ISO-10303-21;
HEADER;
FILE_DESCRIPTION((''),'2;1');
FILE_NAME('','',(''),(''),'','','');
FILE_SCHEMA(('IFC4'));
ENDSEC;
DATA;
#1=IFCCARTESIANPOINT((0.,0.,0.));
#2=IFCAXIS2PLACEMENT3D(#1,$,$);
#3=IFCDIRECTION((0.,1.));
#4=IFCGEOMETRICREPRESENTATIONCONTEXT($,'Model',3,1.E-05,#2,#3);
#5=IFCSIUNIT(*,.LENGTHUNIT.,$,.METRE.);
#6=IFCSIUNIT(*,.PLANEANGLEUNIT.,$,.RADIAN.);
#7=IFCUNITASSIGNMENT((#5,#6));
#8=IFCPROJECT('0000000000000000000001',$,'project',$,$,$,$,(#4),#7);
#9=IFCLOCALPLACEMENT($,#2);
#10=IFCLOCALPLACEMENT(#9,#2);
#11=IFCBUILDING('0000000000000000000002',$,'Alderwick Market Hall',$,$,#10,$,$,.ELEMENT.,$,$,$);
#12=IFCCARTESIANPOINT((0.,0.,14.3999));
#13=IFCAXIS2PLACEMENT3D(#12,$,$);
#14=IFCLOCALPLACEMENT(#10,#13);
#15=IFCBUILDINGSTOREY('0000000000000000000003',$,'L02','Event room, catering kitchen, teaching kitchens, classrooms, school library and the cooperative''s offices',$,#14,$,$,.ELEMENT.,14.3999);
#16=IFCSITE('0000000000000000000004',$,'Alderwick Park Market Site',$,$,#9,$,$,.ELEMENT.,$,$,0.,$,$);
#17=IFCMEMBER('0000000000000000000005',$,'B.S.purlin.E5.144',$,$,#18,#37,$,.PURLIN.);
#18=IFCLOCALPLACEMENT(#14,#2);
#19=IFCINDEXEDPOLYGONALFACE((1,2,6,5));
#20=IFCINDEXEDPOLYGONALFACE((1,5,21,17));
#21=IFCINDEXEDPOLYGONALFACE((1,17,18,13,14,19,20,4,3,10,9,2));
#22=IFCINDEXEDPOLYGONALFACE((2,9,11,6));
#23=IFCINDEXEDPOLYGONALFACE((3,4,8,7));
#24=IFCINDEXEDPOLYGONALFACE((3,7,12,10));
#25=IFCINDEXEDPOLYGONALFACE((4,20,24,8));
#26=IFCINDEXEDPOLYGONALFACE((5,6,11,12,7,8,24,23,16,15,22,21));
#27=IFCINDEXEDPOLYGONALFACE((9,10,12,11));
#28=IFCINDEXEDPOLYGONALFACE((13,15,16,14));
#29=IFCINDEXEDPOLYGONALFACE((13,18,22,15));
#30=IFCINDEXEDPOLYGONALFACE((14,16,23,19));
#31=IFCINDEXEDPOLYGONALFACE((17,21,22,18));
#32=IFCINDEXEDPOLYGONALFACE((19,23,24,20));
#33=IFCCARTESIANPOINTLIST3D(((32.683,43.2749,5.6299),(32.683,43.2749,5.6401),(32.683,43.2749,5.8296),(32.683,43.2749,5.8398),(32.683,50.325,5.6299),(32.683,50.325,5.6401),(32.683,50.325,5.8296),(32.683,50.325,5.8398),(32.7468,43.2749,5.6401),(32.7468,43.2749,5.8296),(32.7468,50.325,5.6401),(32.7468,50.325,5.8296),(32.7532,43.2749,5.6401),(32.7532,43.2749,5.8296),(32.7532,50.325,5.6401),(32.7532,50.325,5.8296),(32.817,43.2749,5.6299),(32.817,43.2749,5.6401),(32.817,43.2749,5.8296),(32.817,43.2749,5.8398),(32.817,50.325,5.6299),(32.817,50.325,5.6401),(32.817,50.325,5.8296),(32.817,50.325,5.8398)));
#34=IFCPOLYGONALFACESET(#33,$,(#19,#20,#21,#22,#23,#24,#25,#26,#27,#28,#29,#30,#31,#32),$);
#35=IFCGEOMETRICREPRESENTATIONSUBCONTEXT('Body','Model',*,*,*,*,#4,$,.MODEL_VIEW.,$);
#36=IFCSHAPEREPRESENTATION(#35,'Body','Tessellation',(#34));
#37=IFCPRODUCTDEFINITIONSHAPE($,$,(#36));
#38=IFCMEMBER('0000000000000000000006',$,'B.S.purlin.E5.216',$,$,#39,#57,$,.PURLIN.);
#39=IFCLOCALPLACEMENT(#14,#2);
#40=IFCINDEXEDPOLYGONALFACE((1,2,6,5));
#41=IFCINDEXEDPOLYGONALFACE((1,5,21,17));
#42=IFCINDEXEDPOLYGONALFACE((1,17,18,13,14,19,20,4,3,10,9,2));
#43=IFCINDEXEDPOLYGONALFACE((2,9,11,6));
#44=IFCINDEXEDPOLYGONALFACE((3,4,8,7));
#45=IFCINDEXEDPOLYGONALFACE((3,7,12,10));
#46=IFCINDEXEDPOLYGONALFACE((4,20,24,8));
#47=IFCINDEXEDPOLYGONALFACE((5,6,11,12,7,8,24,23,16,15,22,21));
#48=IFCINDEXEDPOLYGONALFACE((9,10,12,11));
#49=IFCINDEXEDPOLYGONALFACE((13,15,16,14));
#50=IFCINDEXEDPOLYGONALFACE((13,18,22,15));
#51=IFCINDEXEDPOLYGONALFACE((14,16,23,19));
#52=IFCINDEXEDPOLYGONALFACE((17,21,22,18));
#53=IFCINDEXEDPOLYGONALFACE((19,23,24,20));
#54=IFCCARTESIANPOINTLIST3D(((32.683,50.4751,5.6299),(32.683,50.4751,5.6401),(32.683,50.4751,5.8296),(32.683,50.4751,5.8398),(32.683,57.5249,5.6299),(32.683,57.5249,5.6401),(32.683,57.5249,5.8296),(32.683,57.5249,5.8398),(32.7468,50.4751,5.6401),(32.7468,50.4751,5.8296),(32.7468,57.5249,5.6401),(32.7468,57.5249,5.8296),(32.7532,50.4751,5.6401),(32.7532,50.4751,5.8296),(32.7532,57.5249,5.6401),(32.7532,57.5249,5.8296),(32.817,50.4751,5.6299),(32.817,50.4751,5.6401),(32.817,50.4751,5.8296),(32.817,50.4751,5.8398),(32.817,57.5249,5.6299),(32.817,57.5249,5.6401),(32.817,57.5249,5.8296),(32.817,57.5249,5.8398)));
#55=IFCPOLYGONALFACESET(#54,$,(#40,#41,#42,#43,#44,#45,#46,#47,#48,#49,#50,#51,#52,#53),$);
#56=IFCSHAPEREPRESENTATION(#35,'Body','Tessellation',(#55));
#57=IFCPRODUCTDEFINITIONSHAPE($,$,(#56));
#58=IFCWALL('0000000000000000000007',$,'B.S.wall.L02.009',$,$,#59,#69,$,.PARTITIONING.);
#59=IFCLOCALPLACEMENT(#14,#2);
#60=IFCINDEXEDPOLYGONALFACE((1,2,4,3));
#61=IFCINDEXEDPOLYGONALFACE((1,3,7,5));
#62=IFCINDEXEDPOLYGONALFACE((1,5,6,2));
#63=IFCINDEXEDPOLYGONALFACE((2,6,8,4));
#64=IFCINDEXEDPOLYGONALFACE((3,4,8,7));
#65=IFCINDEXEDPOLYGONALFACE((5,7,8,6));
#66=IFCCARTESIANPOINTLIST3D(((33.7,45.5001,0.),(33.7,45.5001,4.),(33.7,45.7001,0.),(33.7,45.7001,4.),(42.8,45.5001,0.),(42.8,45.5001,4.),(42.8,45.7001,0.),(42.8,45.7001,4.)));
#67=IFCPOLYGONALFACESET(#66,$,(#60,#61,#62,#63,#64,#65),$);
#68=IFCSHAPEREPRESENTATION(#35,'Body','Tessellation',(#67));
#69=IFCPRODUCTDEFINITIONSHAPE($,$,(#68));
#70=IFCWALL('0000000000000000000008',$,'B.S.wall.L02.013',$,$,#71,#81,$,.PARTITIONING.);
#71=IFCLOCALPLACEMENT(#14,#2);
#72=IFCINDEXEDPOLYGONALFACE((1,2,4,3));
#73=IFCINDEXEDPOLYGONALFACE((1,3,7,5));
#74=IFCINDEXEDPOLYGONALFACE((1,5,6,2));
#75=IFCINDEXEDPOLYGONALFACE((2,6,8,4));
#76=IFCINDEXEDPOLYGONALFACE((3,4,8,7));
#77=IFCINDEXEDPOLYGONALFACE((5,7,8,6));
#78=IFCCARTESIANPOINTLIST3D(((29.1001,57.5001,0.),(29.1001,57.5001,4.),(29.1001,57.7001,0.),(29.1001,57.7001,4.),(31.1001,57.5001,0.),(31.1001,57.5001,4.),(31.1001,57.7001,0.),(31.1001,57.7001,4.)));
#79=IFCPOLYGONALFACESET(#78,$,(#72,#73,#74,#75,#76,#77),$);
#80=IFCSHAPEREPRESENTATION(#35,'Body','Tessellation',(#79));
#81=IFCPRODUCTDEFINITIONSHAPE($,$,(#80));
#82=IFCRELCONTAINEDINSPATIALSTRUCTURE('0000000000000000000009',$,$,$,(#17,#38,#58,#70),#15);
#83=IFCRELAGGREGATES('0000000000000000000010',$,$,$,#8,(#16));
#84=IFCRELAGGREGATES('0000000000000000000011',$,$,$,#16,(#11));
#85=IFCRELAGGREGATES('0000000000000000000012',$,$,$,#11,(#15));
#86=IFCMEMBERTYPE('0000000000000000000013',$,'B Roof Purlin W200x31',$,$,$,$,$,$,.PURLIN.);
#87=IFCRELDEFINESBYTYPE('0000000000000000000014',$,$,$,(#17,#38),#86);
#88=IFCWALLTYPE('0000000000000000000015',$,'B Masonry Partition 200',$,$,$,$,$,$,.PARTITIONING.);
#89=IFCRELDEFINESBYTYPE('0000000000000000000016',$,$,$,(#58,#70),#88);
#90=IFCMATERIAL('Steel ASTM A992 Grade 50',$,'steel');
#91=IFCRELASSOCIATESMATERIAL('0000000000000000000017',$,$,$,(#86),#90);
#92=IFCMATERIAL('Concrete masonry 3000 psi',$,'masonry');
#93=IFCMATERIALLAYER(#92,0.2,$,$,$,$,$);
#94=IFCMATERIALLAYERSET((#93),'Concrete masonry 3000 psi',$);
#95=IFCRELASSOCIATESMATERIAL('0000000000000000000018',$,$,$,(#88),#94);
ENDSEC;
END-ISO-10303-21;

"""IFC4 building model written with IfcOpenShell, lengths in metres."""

from ifc_helpers import new_model, si_unit, direction, frame, frame_2d, origin, origin_2d, place, context, subcontext, project, spatial, rectangle, i_section, extrude, material, layer, layer_set, material_profile, profile_set, type_object, element, save


model = new_model("IFC4")

# Units and contexts
model_context = context("Model", 3, precision=1e-05, world=origin(), true_north=direction((0.0, 1.0)))
body_context = subcontext(model_context, "Body", "Model", "MODEL_VIEW")
ifc_project = project(units=[si_unit("LENGTHUNIT", "METRE"), si_unit("PLANEANGLEUNIT", "RADIAN")], contexts=[model_context])

# Site, building, storey
site_placement = place(None, origin())
site = spatial("IfcSite", under=ifc_project, at=site_placement, Name="Alderwick Park Market Site", CompositionType="ELEMENT", RefElevation=0.0)
building_placement = place(site_placement, origin())
building = spatial("IfcBuilding", under=site, at=building_placement, Name="Alderwick Market Hall", CompositionType="ELEMENT")
storey_placement = place(building_placement, frame((0.0, 0.0, 14.3999)))
storey = spatial("IfcBuildingStorey", under=building, at=storey_placement, Name="L02", Description="Event room, catering kitchen, teaching kitchens, classrooms, school library and the cooperative's offices", CompositionType="ELEMENT", Elevation=14.3999)

# Members
ifc_material_1 = material(Name="Steel ASTM A992 Grade 50", Category="steel")
ifc_material_profile_1 = material_profile(ifc_material_1, i_section(OverallWidth=0.134, OverallDepth=0.21, WebThickness=0.0063, FlangeThickness=0.0103, at=origin_2d()), Name="W200x31")
ifc_profile_set_1 = profile_set([ifc_material_profile_1], Name="Steel ASTM A992 Grade 50")
member_type = type_object("IfcMemberType", Name="B Roof Purlin W200x31", PredefinedType="PURLIN", material=ifc_profile_set_1)
member_1_placement = place(storey_placement, frame((32.75, 43.2749, 5.7349), z_axis=(0.0, 1.0, 0.0), x_axis=(-1.0, 0.0, 0.0)))
element("IfcMember", 1, at=member_1_placement, inside=storey, type_object=member_type, Name="B.S.purlin.E5.144", PredefinedType="PURLIN", context=body_context, shape_type="SweptSolid", body=[
    extrude(i_section(OverallWidth=0.134, OverallDepth=0.21, WebThickness=0.0063, FlangeThickness=0.0103, at=origin_2d()), origin(), (0.0, 0.0, 1.0), 7.05),
])
member_2_placement = place(storey_placement, frame((32.75, 50.4751, 5.7349), z_axis=(0.0, 1.0, 0.0), x_axis=(-1.0, 0.0, 0.0)))
element("IfcMember", 2, at=member_2_placement, inside=storey, type_object=member_type, Name="B.S.purlin.E5.216", PredefinedType="PURLIN", context=body_context, shape_type="SweptSolid", body=[
    extrude(i_section(OverallWidth=0.134, OverallDepth=0.21, WebThickness=0.0063, FlangeThickness=0.0103, at=origin_2d()), origin(), (0.0, 0.0, 1.0), 7.0498),
])

# Walls
ifc_material_2 = material(Name="Concrete masonry 3000 psi", Category="masonry")
ifc_layer = layer(ifc_material_2, 0.2)
ifc_layer_set = layer_set([ifc_layer], Name="Concrete masonry 3000 psi")
wall_type = type_object("IfcWallType", Name="B Masonry Partition 200", PredefinedType="PARTITIONING", material=ifc_layer_set)
wall_1_placement = place(storey_placement, frame((33.7, 45.6001, 0.0), z_axis=(0.0, 0.0, 1.0), x_axis=(1.0, 0.0, 0.0)))
element("IfcWall", 3, at=wall_1_placement, inside=storey, type_object=wall_type, Name="B.S.wall.L02.009", PredefinedType="PARTITIONING", context=body_context, shape_type="SweptSolid", body=[
    extrude(rectangle(XDim=9.1001, YDim=0.2, at=frame_2d((4.55, 0.0))), origin(), (0.0, 0.0, 1.0), 4.0),
])
wall_2_placement = place(storey_placement, frame((29.1001, 57.6001, 0.0), z_axis=(0.0, 0.0, 1.0), x_axis=(1.0, 0.0, 0.0)))
element("IfcWall", 4, at=wall_2_placement, inside=storey, type_object=wall_type, Name="B.S.wall.L02.013", PredefinedType="PARTITIONING", context=body_context, shape_type="SweptSolid", body=[
    extrude(rectangle(XDim=2.0, YDim=0.2, at=frame_2d((1.0, 0.0))), origin(), (0.0, 0.0, 1.0), 4.0),
])

save(model, "model.ifc")
